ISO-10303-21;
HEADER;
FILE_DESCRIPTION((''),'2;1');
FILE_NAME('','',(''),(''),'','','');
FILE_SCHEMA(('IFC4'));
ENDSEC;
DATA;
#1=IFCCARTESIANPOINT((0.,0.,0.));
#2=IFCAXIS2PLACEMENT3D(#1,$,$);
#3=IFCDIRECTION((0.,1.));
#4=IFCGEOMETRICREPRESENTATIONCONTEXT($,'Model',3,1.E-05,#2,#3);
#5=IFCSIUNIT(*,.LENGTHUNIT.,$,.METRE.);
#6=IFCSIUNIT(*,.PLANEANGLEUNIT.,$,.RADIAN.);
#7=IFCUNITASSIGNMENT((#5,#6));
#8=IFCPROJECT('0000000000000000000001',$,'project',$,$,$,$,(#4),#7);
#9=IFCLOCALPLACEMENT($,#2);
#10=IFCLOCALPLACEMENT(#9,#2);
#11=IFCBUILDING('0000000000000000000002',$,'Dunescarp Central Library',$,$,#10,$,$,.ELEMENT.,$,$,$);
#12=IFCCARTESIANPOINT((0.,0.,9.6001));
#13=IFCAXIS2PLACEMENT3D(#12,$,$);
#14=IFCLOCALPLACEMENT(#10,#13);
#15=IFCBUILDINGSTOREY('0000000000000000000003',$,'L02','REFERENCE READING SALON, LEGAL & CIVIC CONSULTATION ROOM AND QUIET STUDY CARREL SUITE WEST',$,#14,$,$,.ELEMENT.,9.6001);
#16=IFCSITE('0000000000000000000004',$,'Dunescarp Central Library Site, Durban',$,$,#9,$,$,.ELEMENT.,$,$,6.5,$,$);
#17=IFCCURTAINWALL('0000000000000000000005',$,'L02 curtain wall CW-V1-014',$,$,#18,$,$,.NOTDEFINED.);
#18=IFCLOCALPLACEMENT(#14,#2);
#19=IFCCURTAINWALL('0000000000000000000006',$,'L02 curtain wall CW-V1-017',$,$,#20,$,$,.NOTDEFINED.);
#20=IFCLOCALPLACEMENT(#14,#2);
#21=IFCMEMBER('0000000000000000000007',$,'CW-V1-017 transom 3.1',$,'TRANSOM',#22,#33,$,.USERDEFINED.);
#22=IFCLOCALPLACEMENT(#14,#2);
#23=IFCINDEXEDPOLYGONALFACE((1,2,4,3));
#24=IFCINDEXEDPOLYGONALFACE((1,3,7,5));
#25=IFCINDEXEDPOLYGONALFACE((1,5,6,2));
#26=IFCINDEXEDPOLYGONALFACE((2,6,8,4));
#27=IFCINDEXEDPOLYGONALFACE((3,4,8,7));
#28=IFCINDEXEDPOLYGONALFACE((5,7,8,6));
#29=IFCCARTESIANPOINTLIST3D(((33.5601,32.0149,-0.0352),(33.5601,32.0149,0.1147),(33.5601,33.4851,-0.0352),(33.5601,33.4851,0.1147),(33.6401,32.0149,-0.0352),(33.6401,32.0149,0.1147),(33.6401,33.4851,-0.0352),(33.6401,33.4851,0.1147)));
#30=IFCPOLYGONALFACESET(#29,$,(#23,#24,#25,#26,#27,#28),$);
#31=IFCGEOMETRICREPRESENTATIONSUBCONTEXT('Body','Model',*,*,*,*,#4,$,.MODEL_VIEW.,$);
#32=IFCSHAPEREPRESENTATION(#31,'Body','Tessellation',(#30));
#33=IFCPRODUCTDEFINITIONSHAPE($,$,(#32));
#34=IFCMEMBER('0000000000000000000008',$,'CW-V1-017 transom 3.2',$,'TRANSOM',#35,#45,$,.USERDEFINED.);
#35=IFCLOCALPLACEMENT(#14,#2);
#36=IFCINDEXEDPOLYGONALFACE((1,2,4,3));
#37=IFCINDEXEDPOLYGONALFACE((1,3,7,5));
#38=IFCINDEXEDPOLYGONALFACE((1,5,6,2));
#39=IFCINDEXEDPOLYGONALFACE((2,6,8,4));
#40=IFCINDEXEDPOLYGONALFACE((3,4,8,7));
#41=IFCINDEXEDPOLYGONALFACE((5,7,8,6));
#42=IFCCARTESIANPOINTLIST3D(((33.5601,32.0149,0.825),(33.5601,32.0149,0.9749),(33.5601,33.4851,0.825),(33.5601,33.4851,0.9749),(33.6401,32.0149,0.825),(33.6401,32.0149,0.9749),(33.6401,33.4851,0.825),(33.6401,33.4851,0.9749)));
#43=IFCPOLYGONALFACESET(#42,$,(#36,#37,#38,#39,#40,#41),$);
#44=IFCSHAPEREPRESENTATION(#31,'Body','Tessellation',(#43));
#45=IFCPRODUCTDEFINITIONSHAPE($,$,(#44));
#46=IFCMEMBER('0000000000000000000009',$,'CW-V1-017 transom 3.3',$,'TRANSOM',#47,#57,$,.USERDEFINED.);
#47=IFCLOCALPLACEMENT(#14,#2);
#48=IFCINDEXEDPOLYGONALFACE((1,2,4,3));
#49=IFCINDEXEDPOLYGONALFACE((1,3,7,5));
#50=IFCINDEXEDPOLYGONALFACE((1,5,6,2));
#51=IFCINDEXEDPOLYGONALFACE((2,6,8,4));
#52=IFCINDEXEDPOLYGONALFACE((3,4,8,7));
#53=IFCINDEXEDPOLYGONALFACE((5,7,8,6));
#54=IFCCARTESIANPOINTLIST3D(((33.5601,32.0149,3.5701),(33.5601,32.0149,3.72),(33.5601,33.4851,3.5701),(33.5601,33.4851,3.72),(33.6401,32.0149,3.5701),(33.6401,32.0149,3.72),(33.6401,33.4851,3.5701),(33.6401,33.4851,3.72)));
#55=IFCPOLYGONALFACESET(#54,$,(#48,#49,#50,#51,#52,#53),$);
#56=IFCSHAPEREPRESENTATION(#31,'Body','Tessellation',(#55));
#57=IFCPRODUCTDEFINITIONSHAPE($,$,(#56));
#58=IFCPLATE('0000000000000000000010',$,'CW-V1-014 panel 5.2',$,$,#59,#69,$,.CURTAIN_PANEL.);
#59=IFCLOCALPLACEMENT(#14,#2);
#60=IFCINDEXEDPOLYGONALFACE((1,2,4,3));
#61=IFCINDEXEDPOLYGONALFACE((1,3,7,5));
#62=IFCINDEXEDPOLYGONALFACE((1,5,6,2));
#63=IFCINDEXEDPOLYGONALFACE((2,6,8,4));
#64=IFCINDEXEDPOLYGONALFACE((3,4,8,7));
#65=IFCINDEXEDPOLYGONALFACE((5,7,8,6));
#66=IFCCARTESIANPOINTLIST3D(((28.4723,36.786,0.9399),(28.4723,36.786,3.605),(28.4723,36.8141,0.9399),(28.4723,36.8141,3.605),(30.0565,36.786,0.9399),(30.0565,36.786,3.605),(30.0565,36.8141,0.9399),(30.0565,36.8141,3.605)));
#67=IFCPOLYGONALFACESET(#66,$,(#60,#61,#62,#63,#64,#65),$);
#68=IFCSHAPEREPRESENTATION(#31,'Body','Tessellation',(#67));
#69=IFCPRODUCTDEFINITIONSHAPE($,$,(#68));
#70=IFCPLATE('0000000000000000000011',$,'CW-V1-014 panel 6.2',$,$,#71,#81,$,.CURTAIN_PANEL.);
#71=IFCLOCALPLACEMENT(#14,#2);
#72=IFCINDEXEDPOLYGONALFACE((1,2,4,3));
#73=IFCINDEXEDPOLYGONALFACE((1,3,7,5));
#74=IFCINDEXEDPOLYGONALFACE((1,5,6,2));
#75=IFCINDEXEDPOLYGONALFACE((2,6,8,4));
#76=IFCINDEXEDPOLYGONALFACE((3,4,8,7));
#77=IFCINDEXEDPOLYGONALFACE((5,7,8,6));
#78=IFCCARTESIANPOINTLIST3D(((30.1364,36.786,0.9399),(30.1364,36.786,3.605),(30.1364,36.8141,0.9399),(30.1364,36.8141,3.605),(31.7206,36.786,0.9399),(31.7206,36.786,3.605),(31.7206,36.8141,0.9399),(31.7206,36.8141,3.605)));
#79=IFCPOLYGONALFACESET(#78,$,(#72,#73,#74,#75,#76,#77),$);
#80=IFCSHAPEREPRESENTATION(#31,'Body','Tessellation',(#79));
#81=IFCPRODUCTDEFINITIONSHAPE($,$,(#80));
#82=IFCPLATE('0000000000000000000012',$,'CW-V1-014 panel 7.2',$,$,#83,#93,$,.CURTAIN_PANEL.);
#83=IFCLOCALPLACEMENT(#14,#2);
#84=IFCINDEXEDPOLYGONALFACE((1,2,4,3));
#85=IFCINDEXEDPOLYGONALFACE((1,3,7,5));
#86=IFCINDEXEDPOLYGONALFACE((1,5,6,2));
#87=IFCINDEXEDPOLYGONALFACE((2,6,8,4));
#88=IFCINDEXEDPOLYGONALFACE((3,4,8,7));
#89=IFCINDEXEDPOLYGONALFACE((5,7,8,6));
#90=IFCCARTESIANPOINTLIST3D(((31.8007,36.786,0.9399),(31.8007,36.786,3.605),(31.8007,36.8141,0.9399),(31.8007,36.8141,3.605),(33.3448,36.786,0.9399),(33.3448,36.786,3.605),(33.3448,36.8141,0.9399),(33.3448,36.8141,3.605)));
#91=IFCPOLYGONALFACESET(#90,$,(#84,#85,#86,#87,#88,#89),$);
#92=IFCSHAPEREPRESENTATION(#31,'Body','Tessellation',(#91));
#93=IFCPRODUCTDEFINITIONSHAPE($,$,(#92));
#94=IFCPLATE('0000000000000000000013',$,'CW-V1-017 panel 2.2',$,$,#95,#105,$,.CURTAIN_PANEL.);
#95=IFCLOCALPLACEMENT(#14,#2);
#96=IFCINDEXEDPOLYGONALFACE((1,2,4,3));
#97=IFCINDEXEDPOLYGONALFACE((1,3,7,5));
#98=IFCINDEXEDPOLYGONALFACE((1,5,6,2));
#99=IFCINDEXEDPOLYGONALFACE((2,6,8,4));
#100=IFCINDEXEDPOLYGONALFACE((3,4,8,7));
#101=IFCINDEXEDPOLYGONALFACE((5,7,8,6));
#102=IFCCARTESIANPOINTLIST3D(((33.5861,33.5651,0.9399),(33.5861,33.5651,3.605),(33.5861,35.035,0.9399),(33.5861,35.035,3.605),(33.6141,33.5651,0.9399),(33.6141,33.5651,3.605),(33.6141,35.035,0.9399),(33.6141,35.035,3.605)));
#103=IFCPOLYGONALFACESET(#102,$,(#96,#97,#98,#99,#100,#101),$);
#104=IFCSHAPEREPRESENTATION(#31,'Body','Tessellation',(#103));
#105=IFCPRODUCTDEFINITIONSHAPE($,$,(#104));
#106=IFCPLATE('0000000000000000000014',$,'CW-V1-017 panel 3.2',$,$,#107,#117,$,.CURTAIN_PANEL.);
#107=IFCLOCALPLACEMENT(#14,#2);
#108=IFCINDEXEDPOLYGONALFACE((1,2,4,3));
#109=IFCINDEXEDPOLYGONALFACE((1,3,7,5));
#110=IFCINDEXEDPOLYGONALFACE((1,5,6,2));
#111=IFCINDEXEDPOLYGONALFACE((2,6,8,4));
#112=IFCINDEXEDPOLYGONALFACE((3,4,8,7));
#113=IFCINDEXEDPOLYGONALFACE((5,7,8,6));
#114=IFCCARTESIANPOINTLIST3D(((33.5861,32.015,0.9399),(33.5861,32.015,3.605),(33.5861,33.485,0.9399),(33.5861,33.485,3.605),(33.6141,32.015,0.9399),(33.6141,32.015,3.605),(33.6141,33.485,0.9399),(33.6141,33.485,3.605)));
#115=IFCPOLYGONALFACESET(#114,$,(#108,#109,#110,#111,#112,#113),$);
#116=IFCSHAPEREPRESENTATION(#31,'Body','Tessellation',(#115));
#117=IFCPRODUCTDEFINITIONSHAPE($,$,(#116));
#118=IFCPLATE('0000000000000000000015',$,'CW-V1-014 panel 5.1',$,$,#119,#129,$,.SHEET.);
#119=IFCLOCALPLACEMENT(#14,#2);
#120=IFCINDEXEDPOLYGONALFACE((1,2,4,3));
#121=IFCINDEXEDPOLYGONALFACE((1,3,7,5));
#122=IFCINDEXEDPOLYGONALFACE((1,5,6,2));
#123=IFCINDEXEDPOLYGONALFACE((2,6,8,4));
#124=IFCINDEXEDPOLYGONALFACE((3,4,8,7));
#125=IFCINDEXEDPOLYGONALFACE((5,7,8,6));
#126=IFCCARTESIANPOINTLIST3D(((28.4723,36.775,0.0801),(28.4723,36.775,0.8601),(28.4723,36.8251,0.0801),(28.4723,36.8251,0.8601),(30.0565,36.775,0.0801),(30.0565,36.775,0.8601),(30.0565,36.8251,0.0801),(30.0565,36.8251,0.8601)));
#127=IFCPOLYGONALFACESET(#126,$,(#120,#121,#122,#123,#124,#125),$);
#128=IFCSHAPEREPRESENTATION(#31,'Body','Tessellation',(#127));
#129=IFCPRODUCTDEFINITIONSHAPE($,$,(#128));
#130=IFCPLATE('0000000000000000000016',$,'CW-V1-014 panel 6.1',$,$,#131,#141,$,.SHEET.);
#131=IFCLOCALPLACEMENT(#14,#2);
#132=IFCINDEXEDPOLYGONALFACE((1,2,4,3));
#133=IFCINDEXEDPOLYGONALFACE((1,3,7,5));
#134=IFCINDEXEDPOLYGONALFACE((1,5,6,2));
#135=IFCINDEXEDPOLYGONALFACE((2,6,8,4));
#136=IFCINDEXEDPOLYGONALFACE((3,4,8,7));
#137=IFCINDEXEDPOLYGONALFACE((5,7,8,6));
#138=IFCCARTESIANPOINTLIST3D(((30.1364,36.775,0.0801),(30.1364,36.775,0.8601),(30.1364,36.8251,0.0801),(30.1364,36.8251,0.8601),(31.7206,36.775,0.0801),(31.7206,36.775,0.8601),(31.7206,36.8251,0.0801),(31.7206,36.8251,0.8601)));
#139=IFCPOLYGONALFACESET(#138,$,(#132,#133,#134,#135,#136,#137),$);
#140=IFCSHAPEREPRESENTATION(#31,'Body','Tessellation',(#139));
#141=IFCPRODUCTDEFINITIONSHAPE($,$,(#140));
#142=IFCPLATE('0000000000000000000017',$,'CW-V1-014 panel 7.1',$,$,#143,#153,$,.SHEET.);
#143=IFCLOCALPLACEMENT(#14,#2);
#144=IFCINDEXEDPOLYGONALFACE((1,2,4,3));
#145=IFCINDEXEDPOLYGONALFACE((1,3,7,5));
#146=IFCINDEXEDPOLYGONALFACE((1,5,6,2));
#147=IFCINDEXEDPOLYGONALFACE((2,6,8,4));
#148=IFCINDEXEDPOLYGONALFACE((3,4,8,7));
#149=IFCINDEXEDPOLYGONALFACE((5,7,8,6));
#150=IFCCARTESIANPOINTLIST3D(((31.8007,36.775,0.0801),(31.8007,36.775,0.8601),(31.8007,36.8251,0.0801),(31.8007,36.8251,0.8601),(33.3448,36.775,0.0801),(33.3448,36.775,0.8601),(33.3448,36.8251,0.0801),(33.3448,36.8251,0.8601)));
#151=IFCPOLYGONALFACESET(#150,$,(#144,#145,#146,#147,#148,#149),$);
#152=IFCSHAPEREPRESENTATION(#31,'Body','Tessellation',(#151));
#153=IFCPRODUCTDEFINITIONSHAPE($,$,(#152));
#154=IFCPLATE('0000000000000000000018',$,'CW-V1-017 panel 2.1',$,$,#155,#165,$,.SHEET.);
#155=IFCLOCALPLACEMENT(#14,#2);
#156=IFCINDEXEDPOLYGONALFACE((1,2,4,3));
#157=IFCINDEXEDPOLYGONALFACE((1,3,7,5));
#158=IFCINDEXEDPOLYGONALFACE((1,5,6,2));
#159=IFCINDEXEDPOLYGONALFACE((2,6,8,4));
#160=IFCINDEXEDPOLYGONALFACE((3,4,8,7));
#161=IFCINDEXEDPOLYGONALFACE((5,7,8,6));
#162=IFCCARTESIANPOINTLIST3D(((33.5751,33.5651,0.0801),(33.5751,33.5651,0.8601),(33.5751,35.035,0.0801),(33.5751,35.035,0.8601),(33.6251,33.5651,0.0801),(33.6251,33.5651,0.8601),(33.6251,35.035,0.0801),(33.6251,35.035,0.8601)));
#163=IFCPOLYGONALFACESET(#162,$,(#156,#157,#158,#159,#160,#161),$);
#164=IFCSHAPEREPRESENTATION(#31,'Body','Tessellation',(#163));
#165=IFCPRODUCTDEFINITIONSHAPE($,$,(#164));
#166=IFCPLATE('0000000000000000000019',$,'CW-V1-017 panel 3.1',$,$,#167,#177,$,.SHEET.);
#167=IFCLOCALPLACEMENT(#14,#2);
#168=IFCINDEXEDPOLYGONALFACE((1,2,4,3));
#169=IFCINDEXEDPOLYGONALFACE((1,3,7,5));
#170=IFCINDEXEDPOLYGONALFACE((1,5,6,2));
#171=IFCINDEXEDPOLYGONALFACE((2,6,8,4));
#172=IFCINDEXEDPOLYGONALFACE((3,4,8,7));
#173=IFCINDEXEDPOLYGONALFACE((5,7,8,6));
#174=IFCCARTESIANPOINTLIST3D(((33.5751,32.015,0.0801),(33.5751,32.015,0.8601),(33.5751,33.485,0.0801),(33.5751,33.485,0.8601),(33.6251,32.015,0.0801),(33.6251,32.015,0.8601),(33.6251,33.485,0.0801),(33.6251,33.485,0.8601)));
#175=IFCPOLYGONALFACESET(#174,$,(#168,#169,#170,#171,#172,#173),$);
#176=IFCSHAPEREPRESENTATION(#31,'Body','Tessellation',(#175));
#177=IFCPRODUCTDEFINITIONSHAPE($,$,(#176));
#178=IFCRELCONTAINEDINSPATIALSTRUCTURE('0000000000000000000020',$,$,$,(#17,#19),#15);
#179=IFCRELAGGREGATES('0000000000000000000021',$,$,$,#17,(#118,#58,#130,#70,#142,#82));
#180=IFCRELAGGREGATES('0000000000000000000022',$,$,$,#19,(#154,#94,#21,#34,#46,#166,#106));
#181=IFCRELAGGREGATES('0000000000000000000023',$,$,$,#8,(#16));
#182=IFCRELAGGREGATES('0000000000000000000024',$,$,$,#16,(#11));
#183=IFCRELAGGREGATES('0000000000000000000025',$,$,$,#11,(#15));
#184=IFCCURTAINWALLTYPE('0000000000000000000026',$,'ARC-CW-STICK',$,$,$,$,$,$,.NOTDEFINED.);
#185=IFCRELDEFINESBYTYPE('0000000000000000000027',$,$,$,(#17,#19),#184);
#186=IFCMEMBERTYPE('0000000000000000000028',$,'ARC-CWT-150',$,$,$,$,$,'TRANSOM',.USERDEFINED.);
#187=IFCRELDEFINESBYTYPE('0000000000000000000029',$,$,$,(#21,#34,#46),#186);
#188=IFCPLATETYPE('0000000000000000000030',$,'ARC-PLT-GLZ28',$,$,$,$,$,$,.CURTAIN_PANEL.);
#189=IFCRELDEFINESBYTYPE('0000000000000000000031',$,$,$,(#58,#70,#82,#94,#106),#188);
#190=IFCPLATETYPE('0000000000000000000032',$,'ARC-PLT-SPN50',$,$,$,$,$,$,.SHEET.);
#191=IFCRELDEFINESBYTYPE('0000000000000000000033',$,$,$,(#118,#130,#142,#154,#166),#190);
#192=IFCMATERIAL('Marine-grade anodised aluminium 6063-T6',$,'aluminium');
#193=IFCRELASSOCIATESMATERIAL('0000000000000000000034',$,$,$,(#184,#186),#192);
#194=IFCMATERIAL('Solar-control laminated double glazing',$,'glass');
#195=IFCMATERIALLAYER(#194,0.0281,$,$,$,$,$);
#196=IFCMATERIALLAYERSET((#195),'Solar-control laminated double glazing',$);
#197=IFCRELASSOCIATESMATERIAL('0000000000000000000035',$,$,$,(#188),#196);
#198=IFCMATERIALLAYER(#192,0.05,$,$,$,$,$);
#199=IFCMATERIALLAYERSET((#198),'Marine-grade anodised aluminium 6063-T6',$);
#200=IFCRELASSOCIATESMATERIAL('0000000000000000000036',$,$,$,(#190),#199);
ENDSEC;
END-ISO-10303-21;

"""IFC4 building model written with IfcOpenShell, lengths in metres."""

from ifc_helpers import new_model, si_unit, direction, frame, origin, origin_2d, place, context, subcontext, project, spatial, rectangle, extrude, material, layer, layer_set, material_profile, profile_set, type_object, element, aggregate, save


model = new_model("IFC4")

# Units and contexts
model_context = context("Model", 3, precision=1e-05, world=origin(), true_north=direction((0.0, 1.0)))
body_context = subcontext(model_context, "Body", "Model", "MODEL_VIEW")
ifc_project = project(units=[si_unit("LENGTHUNIT", "METRE"), si_unit("PLANEANGLEUNIT", "RADIAN")], contexts=[model_context])

# Site, building, storey
site_placement = place(None, origin())
site = spatial("IfcSite", under=ifc_project, at=site_placement, Name="Dunescarp Central Library Site, Durban", CompositionType="ELEMENT", RefElevation=6.5)
building_placement = place(site_placement, origin())
building = spatial("IfcBuilding", under=site, at=building_placement, Name="Dunescarp Central Library", CompositionType="ELEMENT")
storey_placement = place(building_placement, frame((0.0, 0.0, 9.6001)))
storey = spatial("IfcBuildingStorey", under=building, at=storey_placement, Name="L02", Description="REFERENCE READING SALON, LEGAL & CIVIC CONSULTATION ROOM AND QUIET STUDY CARREL SUITE WEST", CompositionType="ELEMENT", Elevation=9.6001)

# Curtain walls
ifc_material_1 = material(Name="Marine-grade anodised aluminium 6063-T6", Category="aluminium")
curtain_wall_type = type_object("IfcCurtainWallType", Name="ARC-CW-STICK", PredefinedType="NOTDEFINED", material=ifc_material_1)
curtain_wall_1_placement = place(storey_placement, origin())
curtain_wall_1 = element("IfcCurtainWall", 1, at=curtain_wall_1_placement, inside=storey, type_object=curtain_wall_type, Name="L02 curtain wall CW-V1-014", PredefinedType="NOTDEFINED")
curtain_wall_2_placement = place(storey_placement, origin())
curtain_wall_2 = element("IfcCurtainWall", 2, at=curtain_wall_2_placement, inside=storey, type_object=curtain_wall_type, Name="L02 curtain wall CW-V1-017", PredefinedType="NOTDEFINED")

# Members
ifc_material_profile_1 = material_profile(ifc_material_1, rectangle(XDim=0.0801, YDim=0.1499, at=origin_2d()), Name="AL 80x150")
ifc_profile_set_1 = profile_set([ifc_material_profile_1], Name="Marine-grade anodised aluminium 6063-T6")
member_type_1 = type_object("IfcMemberType", Name="ARC-CWT-150", ElementType="TRANSOM", PredefinedType="USERDEFINED", material=ifc_profile_set_1)
member_1_placement = place(storey_placement, frame((33.6001, 33.4851, 0.0398), z_axis=(0.0, -1.0, 0.0), x_axis=(1.0, 0.0, 0.0)))
member_1 = element("IfcMember", 3, at=member_1_placement, type_object=member_type_1, Name="CW-V1-017 transom 3.1", ObjectType="TRANSOM", PredefinedType="USERDEFINED", context=body_context, shape_type="SweptSolid", body=[
    extrude(rectangle(XDim=0.0801, YDim=0.1499, at=origin_2d()), origin(), (0.0, 0.0, 1.0), 1.4702),
])
member_2_placement = place(storey_placement, frame((33.6001, 33.4851, 0.8999), z_axis=(0.0, -1.0, 0.0), x_axis=(1.0, 0.0, 0.0)))
member_2 = element("IfcMember", 4, at=member_2_placement, type_object=member_type_1, Name="CW-V1-017 transom 3.2", ObjectType="TRANSOM", PredefinedType="USERDEFINED", context=body_context, shape_type="SweptSolid", body=[
    extrude(rectangle(XDim=0.0801, YDim=0.1499, at=origin_2d()), origin(), (0.0, 0.0, 1.0), 1.4702),
])
member_3_placement = place(storey_placement, frame((33.6001, 33.4851, 3.645), z_axis=(0.0, -1.0, 0.0), x_axis=(1.0, 0.0, 0.0)))
member_3 = element("IfcMember", 5, at=member_3_placement, type_object=member_type_1, Name="CW-V1-017 transom 3.3", ObjectType="TRANSOM", PredefinedType="USERDEFINED", context=body_context, shape_type="SweptSolid", body=[
    extrude(rectangle(XDim=0.0801, YDim=0.1499, at=origin_2d()), origin(), (0.0, 0.0, 1.0), 1.4702),
])

# Plates
ifc_material_2 = material(Name="Solar-control laminated double glazing", Category="glass")
ifc_layer_1 = layer(ifc_material_2, 0.0281)
ifc_layer_set_1 = layer_set([ifc_layer_1], Name="Solar-control laminated double glazing")
plate_type_1 = type_object("IfcPlateType", Name="ARC-PLT-GLZ28", PredefinedType="CURTAIN_PANEL", material=ifc_layer_set_1)
plate_1_placement = place(storey_placement, frame((29.2644, 36.8, 0.9399), z_axis=(0.0, 0.0, 1.0), x_axis=(1.0, 0.0, 0.0)))
plate_1 = element("IfcPlate", 6, at=plate_1_placement, type_object=plate_type_1, Name="CW-V1-014 panel 5.2", PredefinedType="CURTAIN_PANEL", context=body_context, shape_type="SweptSolid", body=[
    extrude(rectangle(XDim=1.5842, YDim=0.0281, at=origin_2d()), origin(), (0.0, 0.0, 1.0), 2.665),
])
plate_2_placement = place(storey_placement, frame((30.9285, 36.8, 0.9399), z_axis=(0.0, 0.0, 1.0), x_axis=(1.0, 0.0, 0.0)))
plate_2 = element("IfcPlate", 7, at=plate_2_placement, type_object=plate_type_1, Name="CW-V1-014 panel 6.2", PredefinedType="CURTAIN_PANEL", context=body_context, shape_type="SweptSolid", body=[
    extrude(rectangle(XDim=1.5842, YDim=0.0281, at=origin_2d()), origin(), (0.0, 0.0, 1.0), 2.665),
])
plate_3_placement = place(storey_placement, frame((32.5728, 36.8, 0.9399), z_axis=(0.0, 0.0, 1.0), x_axis=(1.0, 0.0, 0.0)))
plate_3 = element("IfcPlate", 8, at=plate_3_placement, type_object=plate_type_1, Name="CW-V1-014 panel 7.2", PredefinedType="CURTAIN_PANEL", context=body_context, shape_type="SweptSolid", body=[
    extrude(rectangle(XDim=1.5442, YDim=0.0281, at=origin_2d()), origin(), (0.0, 0.0, 1.0), 2.665),
])
plate_4_placement = place(storey_placement, frame((33.6001, 34.3, 0.9399), z_axis=(0.0, 0.0, 1.0), x_axis=(0.0, -1.0, 0.0)))
plate_4 = element("IfcPlate", 9, at=plate_4_placement, type_object=plate_type_1, Name="CW-V1-017 panel 2.2", PredefinedType="CURTAIN_PANEL", context=body_context, shape_type="SweptSolid", body=[
    extrude(rectangle(XDim=1.47, YDim=0.0281, at=origin_2d()), origin(), (0.0, 0.0, 1.0), 2.665),
])
plate_5_placement = place(storey_placement, frame((33.6001, 32.75, 0.9399), z_axis=(0.0, 0.0, 1.0), x_axis=(0.0, -1.0, 0.0)))
plate_5 = element("IfcPlate", 10, at=plate_5_placement, type_object=plate_type_1, Name="CW-V1-017 panel 3.2", PredefinedType="CURTAIN_PANEL", context=body_context, shape_type="SweptSolid", body=[
    extrude(rectangle(XDim=1.47, YDim=0.0281, at=origin_2d()), origin(), (0.0, 0.0, 1.0), 2.665),
])
ifc_layer_2 = layer(ifc_material_1, 0.05)
ifc_layer_set_2 = layer_set([ifc_layer_2], Name="Marine-grade anodised aluminium 6063-T6")
plate_type_2 = type_object("IfcPlateType", Name="ARC-PLT-SPN50", PredefinedType="SHEET", material=ifc_layer_set_2)
plate_6_placement = place(storey_placement, frame((29.2644, 36.8, 0.0801), z_axis=(0.0, 0.0, 1.0), x_axis=(1.0, 0.0, 0.0)))
plate_6 = element("IfcPlate", 11, at=plate_6_placement, type_object=plate_type_2, Name="CW-V1-014 panel 5.1", PredefinedType="SHEET", context=body_context, shape_type="SweptSolid", body=[
    extrude(rectangle(XDim=1.5842, YDim=0.05, at=origin_2d()), origin(), (0.0, 0.0, 1.0), 0.78),
])
plate_7_placement = place(storey_placement, frame((30.9285, 36.8, 0.0801), z_axis=(0.0, 0.0, 1.0), x_axis=(1.0, 0.0, 0.0)))
plate_7 = element("IfcPlate", 12, at=plate_7_placement, type_object=plate_type_2, Name="CW-V1-014 panel 6.1", PredefinedType="SHEET", context=body_context, shape_type="SweptSolid", body=[
    extrude(rectangle(XDim=1.5842, YDim=0.05, at=origin_2d()), origin(), (0.0, 0.0, 1.0), 0.78),
])
plate_8_placement = place(storey_placement, frame((32.5728, 36.8, 0.0801), z_axis=(0.0, 0.0, 1.0), x_axis=(1.0, 0.0, 0.0)))
plate_8 = element("IfcPlate", 13, at=plate_8_placement, type_object=plate_type_2, Name="CW-V1-014 panel 7.1", PredefinedType="SHEET", context=body_context, shape_type="SweptSolid", body=[
    extrude(rectangle(XDim=1.5442, YDim=0.05, at=origin_2d()), origin(), (0.0, 0.0, 1.0), 0.78),
])
aggregate(curtain_wall_1, [plate_6, plate_1, plate_7, plate_2, plate_8, plate_3])
plate_9_placement = place(storey_placement, frame((33.6001, 34.3, 0.0801), z_axis=(0.0, 0.0, 1.0), x_axis=(0.0, -1.0, 0.0)))
plate_9 = element("IfcPlate", 14, at=plate_9_placement, type_object=plate_type_2, Name="CW-V1-017 panel 2.1", PredefinedType="SHEET", context=body_context, shape_type="SweptSolid", body=[
    extrude(rectangle(XDim=1.47, YDim=0.05, at=origin_2d()), origin(), (0.0, 0.0, 1.0), 0.78),
])
plate_10_placement = place(storey_placement, frame((33.6001, 32.75, 0.0801), z_axis=(0.0, 0.0, 1.0), x_axis=(0.0, -1.0, 0.0)))
plate_10 = element("IfcPlate", 15, at=plate_10_placement, type_object=plate_type_2, Name="CW-V1-017 panel 3.1", PredefinedType="SHEET", context=body_context, shape_type="SweptSolid", body=[
    extrude(rectangle(XDim=1.47, YDim=0.05, at=origin_2d()), origin(), (0.0, 0.0, 1.0), 0.78),
])
aggregate(curtain_wall_2, [plate_9, plate_4, member_1, member_2, member_3, plate_10, plate_5])

save(model, "model.ifc")
